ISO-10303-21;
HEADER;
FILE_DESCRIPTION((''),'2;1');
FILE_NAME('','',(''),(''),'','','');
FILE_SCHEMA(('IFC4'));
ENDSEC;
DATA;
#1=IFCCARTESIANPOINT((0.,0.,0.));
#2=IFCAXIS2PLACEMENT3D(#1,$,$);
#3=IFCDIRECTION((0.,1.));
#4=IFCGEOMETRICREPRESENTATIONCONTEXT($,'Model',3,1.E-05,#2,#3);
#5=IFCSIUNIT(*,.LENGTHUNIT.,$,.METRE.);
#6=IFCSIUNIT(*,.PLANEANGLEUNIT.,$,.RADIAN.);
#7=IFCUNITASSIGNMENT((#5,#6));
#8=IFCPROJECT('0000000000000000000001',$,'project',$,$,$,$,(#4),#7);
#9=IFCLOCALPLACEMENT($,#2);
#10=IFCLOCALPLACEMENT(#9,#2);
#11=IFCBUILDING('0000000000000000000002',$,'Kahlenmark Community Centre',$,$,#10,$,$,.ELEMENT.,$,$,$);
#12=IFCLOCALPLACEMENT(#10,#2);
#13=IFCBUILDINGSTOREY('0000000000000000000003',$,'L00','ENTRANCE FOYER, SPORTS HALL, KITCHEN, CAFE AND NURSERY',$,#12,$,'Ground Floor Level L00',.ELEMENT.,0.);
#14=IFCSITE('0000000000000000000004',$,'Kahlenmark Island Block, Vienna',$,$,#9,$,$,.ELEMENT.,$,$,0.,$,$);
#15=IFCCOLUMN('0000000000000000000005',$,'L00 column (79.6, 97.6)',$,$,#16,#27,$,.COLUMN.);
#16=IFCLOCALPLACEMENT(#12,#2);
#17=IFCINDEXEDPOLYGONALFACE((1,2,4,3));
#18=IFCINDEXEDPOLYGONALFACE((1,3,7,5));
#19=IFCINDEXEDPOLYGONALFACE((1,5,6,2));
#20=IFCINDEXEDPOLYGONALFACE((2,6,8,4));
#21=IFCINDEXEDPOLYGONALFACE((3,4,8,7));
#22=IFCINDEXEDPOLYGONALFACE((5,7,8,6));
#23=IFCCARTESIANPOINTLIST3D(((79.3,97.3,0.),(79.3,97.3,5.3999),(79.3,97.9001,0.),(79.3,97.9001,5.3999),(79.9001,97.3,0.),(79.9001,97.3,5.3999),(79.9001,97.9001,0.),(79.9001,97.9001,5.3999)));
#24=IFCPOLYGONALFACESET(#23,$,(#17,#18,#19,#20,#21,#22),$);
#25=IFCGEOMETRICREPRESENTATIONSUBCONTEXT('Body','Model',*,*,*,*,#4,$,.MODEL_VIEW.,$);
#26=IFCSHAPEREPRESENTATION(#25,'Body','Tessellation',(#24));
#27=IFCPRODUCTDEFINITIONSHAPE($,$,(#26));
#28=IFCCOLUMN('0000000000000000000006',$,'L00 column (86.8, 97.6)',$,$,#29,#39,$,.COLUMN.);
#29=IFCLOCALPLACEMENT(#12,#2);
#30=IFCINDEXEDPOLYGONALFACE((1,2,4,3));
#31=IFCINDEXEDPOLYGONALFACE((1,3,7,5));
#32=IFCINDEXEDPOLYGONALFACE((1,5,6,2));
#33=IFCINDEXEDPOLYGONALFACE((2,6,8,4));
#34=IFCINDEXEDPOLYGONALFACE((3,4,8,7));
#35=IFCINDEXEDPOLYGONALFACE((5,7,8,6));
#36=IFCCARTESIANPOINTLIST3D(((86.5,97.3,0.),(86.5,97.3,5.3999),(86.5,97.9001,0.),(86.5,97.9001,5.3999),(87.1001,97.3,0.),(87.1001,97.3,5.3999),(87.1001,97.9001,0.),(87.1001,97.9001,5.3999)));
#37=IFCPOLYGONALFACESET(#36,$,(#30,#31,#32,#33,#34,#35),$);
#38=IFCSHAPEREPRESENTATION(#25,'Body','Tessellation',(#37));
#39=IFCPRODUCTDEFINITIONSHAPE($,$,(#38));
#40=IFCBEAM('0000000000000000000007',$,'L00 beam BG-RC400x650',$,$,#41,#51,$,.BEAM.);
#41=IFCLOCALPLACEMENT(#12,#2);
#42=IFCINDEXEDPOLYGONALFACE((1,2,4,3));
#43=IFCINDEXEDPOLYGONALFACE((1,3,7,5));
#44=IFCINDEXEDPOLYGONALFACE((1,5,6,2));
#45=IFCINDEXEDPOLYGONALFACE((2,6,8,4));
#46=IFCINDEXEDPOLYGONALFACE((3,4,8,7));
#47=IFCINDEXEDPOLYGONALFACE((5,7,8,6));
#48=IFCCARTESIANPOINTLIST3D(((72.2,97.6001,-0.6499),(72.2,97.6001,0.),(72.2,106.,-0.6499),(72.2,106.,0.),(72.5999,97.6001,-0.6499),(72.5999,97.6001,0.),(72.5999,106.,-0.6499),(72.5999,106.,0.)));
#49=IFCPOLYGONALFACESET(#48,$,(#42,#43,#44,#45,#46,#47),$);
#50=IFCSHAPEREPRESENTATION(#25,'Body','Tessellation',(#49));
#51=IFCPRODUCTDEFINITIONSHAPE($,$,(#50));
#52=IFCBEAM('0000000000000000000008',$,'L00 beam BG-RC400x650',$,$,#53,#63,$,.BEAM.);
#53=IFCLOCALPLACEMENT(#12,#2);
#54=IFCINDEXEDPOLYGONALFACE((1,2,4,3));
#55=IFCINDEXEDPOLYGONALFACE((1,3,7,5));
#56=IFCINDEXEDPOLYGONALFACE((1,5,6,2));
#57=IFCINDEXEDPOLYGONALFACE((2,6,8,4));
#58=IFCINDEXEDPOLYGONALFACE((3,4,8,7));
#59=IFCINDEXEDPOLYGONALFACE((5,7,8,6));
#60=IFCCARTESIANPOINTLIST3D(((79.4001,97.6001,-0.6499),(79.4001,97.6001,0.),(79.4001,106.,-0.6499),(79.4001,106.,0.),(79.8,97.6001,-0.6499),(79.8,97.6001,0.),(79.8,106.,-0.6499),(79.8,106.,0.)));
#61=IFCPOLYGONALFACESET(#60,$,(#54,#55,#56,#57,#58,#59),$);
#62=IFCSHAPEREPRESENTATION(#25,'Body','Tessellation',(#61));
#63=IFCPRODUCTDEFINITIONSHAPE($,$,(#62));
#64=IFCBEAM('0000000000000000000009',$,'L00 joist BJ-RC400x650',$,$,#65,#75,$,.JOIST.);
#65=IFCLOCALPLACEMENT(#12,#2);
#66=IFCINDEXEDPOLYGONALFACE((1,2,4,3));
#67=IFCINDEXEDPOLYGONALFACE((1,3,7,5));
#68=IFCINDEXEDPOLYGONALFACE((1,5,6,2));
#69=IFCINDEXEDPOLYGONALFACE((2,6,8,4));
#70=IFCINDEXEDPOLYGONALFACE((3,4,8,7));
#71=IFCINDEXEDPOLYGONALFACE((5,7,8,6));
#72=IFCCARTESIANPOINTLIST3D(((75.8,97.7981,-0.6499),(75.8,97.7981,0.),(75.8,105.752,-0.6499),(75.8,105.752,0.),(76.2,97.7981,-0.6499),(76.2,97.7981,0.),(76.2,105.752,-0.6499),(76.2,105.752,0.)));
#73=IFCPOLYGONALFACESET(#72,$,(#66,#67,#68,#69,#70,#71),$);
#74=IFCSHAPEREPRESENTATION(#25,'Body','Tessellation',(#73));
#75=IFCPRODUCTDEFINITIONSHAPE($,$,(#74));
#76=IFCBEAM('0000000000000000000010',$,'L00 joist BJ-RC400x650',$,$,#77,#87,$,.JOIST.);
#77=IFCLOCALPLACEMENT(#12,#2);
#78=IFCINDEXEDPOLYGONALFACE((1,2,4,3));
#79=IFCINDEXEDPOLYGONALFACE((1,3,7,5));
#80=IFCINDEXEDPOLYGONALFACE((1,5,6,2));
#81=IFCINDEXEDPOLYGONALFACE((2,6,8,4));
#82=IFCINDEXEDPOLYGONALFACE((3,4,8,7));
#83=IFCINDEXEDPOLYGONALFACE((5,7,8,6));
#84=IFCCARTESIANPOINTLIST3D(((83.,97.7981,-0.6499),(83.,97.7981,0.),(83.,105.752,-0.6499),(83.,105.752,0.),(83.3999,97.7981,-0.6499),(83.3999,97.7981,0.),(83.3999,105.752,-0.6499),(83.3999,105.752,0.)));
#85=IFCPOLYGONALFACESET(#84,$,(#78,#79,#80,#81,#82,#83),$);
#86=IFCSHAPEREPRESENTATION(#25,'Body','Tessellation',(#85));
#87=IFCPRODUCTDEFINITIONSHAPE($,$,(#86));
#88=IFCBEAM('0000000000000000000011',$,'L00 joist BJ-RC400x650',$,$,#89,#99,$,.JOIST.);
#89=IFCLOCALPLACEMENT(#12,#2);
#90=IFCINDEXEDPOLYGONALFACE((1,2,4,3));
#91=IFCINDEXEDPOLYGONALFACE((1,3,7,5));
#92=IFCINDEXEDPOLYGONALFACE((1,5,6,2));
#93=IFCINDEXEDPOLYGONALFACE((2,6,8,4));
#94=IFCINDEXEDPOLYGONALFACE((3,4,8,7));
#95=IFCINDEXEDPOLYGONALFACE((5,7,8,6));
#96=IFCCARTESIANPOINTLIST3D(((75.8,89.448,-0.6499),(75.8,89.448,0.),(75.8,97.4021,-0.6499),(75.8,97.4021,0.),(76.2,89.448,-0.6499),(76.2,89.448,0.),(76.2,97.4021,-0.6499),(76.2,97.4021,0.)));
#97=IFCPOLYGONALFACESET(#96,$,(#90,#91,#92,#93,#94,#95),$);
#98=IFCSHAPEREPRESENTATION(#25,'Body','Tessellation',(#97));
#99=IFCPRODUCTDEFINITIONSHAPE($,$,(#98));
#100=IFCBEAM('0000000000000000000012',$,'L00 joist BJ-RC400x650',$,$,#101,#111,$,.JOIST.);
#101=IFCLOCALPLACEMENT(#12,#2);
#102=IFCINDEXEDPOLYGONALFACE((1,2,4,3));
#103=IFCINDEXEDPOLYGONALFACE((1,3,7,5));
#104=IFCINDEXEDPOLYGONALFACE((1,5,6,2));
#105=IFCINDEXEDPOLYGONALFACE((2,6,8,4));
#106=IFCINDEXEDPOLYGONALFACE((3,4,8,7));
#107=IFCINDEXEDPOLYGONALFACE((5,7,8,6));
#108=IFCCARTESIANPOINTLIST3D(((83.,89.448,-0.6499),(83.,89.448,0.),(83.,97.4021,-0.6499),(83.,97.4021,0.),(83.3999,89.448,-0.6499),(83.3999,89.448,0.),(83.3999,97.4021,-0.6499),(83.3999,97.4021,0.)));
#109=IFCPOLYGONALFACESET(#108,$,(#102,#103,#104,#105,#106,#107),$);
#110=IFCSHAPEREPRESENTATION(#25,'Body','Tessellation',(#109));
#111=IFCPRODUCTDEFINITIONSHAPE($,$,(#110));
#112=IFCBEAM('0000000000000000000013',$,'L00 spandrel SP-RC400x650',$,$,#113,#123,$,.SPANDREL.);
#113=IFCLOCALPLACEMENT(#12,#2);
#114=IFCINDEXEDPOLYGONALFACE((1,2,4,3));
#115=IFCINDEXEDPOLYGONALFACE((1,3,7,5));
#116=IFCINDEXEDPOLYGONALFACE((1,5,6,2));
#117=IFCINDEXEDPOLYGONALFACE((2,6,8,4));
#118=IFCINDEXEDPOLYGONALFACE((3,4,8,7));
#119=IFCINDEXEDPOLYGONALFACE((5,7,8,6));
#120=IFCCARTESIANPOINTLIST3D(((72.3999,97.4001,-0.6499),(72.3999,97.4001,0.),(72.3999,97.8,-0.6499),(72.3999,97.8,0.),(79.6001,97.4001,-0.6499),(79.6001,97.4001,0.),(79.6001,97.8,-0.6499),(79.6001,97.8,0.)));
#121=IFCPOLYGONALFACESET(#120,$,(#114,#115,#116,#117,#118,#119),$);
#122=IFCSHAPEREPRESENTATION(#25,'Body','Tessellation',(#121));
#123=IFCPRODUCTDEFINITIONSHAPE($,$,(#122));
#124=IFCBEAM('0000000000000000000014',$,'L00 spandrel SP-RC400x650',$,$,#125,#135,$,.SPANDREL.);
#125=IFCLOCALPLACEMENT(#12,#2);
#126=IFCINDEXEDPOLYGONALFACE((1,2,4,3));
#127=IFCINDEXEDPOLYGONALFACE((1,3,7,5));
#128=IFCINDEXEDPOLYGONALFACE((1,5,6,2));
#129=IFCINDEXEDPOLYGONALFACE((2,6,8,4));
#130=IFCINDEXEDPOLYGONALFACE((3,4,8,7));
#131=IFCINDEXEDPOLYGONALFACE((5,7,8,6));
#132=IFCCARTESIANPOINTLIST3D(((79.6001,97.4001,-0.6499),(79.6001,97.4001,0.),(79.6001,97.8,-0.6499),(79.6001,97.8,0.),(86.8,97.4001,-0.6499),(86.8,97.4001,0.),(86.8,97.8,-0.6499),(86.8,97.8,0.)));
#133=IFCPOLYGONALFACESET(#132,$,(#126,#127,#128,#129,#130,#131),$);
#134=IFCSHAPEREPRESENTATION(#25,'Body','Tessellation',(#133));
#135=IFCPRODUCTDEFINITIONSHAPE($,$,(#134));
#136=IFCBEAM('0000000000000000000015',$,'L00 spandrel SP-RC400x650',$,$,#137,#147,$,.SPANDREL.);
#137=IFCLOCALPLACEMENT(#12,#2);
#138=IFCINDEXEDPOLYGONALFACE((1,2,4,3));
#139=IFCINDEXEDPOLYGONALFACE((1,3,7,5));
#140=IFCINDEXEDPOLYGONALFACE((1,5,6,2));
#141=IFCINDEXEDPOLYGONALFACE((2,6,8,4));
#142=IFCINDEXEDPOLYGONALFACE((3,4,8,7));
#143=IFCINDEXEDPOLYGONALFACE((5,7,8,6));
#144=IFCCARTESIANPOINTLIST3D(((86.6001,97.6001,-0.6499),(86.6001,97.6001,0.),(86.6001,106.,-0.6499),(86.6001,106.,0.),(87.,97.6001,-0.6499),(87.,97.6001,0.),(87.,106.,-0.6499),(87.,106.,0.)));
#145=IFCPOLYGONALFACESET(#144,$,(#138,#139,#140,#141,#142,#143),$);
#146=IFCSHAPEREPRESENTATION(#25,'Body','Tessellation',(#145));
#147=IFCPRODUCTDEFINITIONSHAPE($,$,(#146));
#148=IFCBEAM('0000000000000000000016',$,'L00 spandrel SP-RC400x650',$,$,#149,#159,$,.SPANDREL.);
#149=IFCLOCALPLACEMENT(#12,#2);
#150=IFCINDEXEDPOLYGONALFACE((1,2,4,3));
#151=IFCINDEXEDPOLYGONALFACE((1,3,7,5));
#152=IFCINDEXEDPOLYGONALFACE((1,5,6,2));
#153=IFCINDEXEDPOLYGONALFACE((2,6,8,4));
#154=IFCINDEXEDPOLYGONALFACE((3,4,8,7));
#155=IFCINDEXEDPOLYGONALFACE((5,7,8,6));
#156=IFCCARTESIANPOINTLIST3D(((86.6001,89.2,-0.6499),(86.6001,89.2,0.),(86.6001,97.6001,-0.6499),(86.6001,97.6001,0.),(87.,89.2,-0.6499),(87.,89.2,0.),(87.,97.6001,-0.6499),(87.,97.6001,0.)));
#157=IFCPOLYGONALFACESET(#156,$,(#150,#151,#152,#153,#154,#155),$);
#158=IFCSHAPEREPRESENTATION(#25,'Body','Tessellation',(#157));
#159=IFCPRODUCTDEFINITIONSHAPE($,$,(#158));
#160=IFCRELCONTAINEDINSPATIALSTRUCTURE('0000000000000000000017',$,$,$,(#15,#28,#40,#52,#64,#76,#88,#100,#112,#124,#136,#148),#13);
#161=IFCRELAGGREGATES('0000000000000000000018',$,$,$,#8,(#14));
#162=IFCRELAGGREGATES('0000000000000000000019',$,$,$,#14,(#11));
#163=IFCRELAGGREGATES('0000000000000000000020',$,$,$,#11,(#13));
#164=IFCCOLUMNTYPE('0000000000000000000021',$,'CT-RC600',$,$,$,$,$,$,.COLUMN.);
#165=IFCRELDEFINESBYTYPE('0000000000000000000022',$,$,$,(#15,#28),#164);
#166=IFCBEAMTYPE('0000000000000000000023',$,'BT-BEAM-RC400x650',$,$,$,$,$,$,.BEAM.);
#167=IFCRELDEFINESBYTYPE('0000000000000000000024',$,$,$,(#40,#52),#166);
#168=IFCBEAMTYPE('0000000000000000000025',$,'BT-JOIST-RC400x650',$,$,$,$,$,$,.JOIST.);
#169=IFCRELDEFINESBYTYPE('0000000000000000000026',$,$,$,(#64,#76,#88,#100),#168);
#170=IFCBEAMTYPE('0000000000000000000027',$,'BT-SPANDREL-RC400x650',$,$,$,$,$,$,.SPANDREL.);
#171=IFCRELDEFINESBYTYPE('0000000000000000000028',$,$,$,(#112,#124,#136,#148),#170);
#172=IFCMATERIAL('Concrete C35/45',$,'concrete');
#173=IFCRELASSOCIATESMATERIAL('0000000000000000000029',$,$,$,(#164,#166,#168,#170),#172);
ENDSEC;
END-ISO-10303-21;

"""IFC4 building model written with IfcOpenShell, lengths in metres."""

from ifc_helpers import new_model, si_unit, direction, frame, origin, origin_2d, place, context, subcontext, project, spatial, rectangle, extrude, material, material_profile, profile_set, type_object, element, save


model = new_model("IFC4")

# Units and contexts
model_context = context("Model", 3, precision=1e-05, world=origin(), true_north=direction((0.0, 1.0)))
body_context = subcontext(model_context, "Body", "Model", "MODEL_VIEW")
ifc_project = project(units=[si_unit("LENGTHUNIT", "METRE"), si_unit("PLANEANGLEUNIT", "RADIAN")], contexts=[model_context])

# Site, building, storey
site_placement = place(None, origin())
site = spatial("IfcSite", under=ifc_project, at=site_placement, Name="Kahlenmark Island Block, Vienna", CompositionType="ELEMENT", RefElevation=0.0)
building_placement = place(site_placement, origin())
building = spatial("IfcBuilding", under=site, at=building_placement, Name="Kahlenmark Community Centre", CompositionType="ELEMENT")
storey_placement = place(building_placement, origin())
storey = spatial("IfcBuildingStorey", under=building, at=storey_placement, Name="L00", Description="ENTRANCE FOYER, SPORTS HALL, KITCHEN, CAFE AND NURSERY", LongName="Ground Floor Level L00", CompositionType="ELEMENT", Elevation=0.0)

# Columns
ifc_material_1 = material(Name="Concrete C35/45", Category="concrete")
ifc_material_profile_1 = material_profile(ifc_material_1, rectangle(XDim=0.6001, YDim=0.6001, at=origin_2d()), Name="RC 600x600")
ifc_profile_set_1 = profile_set([ifc_material_profile_1], Name="Concrete C35/45")
column_type = type_object("IfcColumnType", Name="CT-RC600", PredefinedType="COLUMN", material=ifc_profile_set_1)
for number, where, z_axis, x_axis, name in (
    (1, (79.6001, 97.6001, 0.0), (0.0, 0.0, 1.0), (1.0, 0.0, 0.0), "L00 column (79.6, 97.6)"),
    (2, (86.8, 97.6001, 0.0), (0.0, 0.0, 1.0), (1.0, 0.0, 0.0), "L00 column (86.8, 97.6)"),
):
    element("IfcColumn", number, at=place(storey_placement, frame(where, z_axis=z_axis, x_axis=x_axis)), inside=storey, type_object=column_type, Name=name, PredefinedType="COLUMN", context=body_context, shape_type="SweptSolid", body=[
        extrude(rectangle(XDim=0.6001, YDim=0.6001, at=origin_2d()), origin(), (0.0, 0.0, 1.0), 5.3999),
    ])

# Beams
ifc_material_profile_2 = material_profile(ifc_material_1, rectangle(XDim=0.3999, YDim=0.6499, at=origin_2d()), Name="RC 400x650")
ifc_profile_set_2 = profile_set([ifc_material_profile_2], Name="Concrete C35/45")
beam_type_1 = type_object("IfcBeamType", Name="BT-BEAM-RC400x650", PredefinedType="BEAM", material=ifc_profile_set_2)
for number, where, z_axis, x_axis, name in (
    (3, (72.3999, 97.6001, -0.325), (0.0, 1.0, 0.0), (-1.0, 0.0, 0.0), "L00 beam BG-RC400x650"),
    (4, (79.6001, 97.6001, -0.325), (0.0, 1.0, 0.0), (-1.0, 0.0, 0.0), "L00 beam BG-RC400x650"),
):
    element("IfcBeam", number, at=place(storey_placement, frame(where, z_axis=z_axis, x_axis=x_axis)), inside=storey, type_object=beam_type_1, Name=name, PredefinedType="BEAM", context=body_context, shape_type="SweptSolid", body=[
        extrude(rectangle(XDim=0.3999, YDim=0.6499, at=origin_2d()), origin(), (0.0, 0.0, 1.0), 8.3999),
    ])
ifc_material_profile_3 = material_profile(ifc_material_1, rectangle(XDim=0.3999, YDim=0.6499, at=origin_2d()), Name="RC 400x650")
ifc_profile_set_3 = profile_set([ifc_material_profile_3], Name="Concrete C35/45")
beam_type_2 = type_object("IfcBeamType", Name="BT-JOIST-RC400x650", PredefinedType="JOIST", material=ifc_profile_set_3)
for number, where, z_axis, x_axis, name in (
    (5, (76.0, 97.7981, -0.325), (0.0, 1.0, 0.0), (-1.0, 0.0, 0.0), "L00 joist BJ-RC400x650"),
    (6, (83.2, 97.7981, -0.325), (0.0, 1.0, 0.0), (-1.0, 0.0, 0.0), "L00 joist BJ-RC400x650"),
):
    element("IfcBeam", number, at=place(storey_placement, frame(where, z_axis=z_axis, x_axis=x_axis)), inside=storey, type_object=beam_type_2, Name=name, PredefinedType="JOIST", context=body_context, shape_type="SweptSolid", body=[
        extrude(rectangle(XDim=0.3999, YDim=0.6499, at=origin_2d()), origin(), (0.0, 0.0, 1.0), 7.9539),
    ])
for number, where, z_axis, x_axis, name in (
    (7, (76.0, 89.448, -0.325), (0.0, 1.0, 0.0), (-1.0, 0.0, 0.0), "L00 joist BJ-RC400x650"),
    (8, (83.2, 89.448, -0.325), (0.0, 1.0, 0.0), (-1.0, 0.0, 0.0), "L00 joist BJ-RC400x650"),
):
    element("IfcBeam", number, at=place(storey_placement, frame(where, z_axis=z_axis, x_axis=x_axis)), inside=storey, type_object=beam_type_2, Name=name, PredefinedType="JOIST", context=body_context, shape_type="SweptSolid", body=[
        extrude(rectangle(XDim=0.3999, YDim=0.6499, at=origin_2d()), origin(), (0.0, 0.0, 1.0), 7.9541),
    ])
ifc_material_profile_4 = material_profile(ifc_material_1, rectangle(XDim=0.3999, YDim=0.6499, at=origin_2d()), Name="RC 400x650")
ifc_profile_set_4 = profile_set([ifc_material_profile_4], Name="Concrete C35/45")
beam_type_3 = type_object("IfcBeamType", Name="BT-SPANDREL-RC400x650", PredefinedType="SPANDREL", material=ifc_profile_set_4)
beam_1_placement = place(storey_placement, frame((72.3999, 97.6001, -0.325), z_axis=(1.0, 0.0, 0.0), x_axis=(0.0, 1.0, 0.0)))
element("IfcBeam", 9, at=beam_1_placement, inside=storey, type_object=beam_type_3, Name="L00 spandrel SP-RC400x650", PredefinedType="SPANDREL", context=body_context, shape_type="SweptSolid", body=[
    extrude(rectangle(XDim=0.3999, YDim=0.6499, at=origin_2d()), origin(), (0.0, 0.0, 1.0), 7.2002),
])
beam_2_placement = place(storey_placement, frame((79.6001, 97.6001, -0.325), z_axis=(1.0, 0.0, 0.0), x_axis=(0.0, 1.0, 0.0)))
element("IfcBeam", 10, at=beam_2_placement, inside=storey, type_object=beam_type_3, Name="L00 spandrel SP-RC400x650", PredefinedType="SPANDREL", context=body_context, shape_type="SweptSolid", body=[
    extrude(rectangle(XDim=0.3999, YDim=0.6499, at=origin_2d()), origin(), (0.0, 0.0, 1.0), 7.2),
])
beam_3_placement = place(storey_placement, frame((86.8, 97.6001, -0.325), z_axis=(0.0, 1.0, 0.0), x_axis=(-1.0, 0.0, 0.0)))
element("IfcBeam", 11, at=beam_3_placement, inside=storey, type_object=beam_type_3, Name="L00 spandrel SP-RC400x650", PredefinedType="SPANDREL", context=body_context, shape_type="SweptSolid", body=[
    extrude(rectangle(XDim=0.3999, YDim=0.6499, at=origin_2d()), origin(), (0.0, 0.0, 1.0), 8.3999),
])
beam_4_placement = place(storey_placement, frame((86.8, 89.2, -0.325), z_axis=(0.0, 1.0, 0.0), x_axis=(-1.0, 0.0, 0.0)))
element("IfcBeam", 12, at=beam_4_placement, inside=storey, type_object=beam_type_3, Name="L00 spandrel SP-RC400x650", PredefinedType="SPANDREL", context=body_context, shape_type="SweptSolid", body=[
    extrude(rectangle(XDim=0.3999, YDim=0.6499, at=origin_2d()), origin(), (0.0, 0.0, 1.0), 8.4001),
])

save(model, "model.ifc")
